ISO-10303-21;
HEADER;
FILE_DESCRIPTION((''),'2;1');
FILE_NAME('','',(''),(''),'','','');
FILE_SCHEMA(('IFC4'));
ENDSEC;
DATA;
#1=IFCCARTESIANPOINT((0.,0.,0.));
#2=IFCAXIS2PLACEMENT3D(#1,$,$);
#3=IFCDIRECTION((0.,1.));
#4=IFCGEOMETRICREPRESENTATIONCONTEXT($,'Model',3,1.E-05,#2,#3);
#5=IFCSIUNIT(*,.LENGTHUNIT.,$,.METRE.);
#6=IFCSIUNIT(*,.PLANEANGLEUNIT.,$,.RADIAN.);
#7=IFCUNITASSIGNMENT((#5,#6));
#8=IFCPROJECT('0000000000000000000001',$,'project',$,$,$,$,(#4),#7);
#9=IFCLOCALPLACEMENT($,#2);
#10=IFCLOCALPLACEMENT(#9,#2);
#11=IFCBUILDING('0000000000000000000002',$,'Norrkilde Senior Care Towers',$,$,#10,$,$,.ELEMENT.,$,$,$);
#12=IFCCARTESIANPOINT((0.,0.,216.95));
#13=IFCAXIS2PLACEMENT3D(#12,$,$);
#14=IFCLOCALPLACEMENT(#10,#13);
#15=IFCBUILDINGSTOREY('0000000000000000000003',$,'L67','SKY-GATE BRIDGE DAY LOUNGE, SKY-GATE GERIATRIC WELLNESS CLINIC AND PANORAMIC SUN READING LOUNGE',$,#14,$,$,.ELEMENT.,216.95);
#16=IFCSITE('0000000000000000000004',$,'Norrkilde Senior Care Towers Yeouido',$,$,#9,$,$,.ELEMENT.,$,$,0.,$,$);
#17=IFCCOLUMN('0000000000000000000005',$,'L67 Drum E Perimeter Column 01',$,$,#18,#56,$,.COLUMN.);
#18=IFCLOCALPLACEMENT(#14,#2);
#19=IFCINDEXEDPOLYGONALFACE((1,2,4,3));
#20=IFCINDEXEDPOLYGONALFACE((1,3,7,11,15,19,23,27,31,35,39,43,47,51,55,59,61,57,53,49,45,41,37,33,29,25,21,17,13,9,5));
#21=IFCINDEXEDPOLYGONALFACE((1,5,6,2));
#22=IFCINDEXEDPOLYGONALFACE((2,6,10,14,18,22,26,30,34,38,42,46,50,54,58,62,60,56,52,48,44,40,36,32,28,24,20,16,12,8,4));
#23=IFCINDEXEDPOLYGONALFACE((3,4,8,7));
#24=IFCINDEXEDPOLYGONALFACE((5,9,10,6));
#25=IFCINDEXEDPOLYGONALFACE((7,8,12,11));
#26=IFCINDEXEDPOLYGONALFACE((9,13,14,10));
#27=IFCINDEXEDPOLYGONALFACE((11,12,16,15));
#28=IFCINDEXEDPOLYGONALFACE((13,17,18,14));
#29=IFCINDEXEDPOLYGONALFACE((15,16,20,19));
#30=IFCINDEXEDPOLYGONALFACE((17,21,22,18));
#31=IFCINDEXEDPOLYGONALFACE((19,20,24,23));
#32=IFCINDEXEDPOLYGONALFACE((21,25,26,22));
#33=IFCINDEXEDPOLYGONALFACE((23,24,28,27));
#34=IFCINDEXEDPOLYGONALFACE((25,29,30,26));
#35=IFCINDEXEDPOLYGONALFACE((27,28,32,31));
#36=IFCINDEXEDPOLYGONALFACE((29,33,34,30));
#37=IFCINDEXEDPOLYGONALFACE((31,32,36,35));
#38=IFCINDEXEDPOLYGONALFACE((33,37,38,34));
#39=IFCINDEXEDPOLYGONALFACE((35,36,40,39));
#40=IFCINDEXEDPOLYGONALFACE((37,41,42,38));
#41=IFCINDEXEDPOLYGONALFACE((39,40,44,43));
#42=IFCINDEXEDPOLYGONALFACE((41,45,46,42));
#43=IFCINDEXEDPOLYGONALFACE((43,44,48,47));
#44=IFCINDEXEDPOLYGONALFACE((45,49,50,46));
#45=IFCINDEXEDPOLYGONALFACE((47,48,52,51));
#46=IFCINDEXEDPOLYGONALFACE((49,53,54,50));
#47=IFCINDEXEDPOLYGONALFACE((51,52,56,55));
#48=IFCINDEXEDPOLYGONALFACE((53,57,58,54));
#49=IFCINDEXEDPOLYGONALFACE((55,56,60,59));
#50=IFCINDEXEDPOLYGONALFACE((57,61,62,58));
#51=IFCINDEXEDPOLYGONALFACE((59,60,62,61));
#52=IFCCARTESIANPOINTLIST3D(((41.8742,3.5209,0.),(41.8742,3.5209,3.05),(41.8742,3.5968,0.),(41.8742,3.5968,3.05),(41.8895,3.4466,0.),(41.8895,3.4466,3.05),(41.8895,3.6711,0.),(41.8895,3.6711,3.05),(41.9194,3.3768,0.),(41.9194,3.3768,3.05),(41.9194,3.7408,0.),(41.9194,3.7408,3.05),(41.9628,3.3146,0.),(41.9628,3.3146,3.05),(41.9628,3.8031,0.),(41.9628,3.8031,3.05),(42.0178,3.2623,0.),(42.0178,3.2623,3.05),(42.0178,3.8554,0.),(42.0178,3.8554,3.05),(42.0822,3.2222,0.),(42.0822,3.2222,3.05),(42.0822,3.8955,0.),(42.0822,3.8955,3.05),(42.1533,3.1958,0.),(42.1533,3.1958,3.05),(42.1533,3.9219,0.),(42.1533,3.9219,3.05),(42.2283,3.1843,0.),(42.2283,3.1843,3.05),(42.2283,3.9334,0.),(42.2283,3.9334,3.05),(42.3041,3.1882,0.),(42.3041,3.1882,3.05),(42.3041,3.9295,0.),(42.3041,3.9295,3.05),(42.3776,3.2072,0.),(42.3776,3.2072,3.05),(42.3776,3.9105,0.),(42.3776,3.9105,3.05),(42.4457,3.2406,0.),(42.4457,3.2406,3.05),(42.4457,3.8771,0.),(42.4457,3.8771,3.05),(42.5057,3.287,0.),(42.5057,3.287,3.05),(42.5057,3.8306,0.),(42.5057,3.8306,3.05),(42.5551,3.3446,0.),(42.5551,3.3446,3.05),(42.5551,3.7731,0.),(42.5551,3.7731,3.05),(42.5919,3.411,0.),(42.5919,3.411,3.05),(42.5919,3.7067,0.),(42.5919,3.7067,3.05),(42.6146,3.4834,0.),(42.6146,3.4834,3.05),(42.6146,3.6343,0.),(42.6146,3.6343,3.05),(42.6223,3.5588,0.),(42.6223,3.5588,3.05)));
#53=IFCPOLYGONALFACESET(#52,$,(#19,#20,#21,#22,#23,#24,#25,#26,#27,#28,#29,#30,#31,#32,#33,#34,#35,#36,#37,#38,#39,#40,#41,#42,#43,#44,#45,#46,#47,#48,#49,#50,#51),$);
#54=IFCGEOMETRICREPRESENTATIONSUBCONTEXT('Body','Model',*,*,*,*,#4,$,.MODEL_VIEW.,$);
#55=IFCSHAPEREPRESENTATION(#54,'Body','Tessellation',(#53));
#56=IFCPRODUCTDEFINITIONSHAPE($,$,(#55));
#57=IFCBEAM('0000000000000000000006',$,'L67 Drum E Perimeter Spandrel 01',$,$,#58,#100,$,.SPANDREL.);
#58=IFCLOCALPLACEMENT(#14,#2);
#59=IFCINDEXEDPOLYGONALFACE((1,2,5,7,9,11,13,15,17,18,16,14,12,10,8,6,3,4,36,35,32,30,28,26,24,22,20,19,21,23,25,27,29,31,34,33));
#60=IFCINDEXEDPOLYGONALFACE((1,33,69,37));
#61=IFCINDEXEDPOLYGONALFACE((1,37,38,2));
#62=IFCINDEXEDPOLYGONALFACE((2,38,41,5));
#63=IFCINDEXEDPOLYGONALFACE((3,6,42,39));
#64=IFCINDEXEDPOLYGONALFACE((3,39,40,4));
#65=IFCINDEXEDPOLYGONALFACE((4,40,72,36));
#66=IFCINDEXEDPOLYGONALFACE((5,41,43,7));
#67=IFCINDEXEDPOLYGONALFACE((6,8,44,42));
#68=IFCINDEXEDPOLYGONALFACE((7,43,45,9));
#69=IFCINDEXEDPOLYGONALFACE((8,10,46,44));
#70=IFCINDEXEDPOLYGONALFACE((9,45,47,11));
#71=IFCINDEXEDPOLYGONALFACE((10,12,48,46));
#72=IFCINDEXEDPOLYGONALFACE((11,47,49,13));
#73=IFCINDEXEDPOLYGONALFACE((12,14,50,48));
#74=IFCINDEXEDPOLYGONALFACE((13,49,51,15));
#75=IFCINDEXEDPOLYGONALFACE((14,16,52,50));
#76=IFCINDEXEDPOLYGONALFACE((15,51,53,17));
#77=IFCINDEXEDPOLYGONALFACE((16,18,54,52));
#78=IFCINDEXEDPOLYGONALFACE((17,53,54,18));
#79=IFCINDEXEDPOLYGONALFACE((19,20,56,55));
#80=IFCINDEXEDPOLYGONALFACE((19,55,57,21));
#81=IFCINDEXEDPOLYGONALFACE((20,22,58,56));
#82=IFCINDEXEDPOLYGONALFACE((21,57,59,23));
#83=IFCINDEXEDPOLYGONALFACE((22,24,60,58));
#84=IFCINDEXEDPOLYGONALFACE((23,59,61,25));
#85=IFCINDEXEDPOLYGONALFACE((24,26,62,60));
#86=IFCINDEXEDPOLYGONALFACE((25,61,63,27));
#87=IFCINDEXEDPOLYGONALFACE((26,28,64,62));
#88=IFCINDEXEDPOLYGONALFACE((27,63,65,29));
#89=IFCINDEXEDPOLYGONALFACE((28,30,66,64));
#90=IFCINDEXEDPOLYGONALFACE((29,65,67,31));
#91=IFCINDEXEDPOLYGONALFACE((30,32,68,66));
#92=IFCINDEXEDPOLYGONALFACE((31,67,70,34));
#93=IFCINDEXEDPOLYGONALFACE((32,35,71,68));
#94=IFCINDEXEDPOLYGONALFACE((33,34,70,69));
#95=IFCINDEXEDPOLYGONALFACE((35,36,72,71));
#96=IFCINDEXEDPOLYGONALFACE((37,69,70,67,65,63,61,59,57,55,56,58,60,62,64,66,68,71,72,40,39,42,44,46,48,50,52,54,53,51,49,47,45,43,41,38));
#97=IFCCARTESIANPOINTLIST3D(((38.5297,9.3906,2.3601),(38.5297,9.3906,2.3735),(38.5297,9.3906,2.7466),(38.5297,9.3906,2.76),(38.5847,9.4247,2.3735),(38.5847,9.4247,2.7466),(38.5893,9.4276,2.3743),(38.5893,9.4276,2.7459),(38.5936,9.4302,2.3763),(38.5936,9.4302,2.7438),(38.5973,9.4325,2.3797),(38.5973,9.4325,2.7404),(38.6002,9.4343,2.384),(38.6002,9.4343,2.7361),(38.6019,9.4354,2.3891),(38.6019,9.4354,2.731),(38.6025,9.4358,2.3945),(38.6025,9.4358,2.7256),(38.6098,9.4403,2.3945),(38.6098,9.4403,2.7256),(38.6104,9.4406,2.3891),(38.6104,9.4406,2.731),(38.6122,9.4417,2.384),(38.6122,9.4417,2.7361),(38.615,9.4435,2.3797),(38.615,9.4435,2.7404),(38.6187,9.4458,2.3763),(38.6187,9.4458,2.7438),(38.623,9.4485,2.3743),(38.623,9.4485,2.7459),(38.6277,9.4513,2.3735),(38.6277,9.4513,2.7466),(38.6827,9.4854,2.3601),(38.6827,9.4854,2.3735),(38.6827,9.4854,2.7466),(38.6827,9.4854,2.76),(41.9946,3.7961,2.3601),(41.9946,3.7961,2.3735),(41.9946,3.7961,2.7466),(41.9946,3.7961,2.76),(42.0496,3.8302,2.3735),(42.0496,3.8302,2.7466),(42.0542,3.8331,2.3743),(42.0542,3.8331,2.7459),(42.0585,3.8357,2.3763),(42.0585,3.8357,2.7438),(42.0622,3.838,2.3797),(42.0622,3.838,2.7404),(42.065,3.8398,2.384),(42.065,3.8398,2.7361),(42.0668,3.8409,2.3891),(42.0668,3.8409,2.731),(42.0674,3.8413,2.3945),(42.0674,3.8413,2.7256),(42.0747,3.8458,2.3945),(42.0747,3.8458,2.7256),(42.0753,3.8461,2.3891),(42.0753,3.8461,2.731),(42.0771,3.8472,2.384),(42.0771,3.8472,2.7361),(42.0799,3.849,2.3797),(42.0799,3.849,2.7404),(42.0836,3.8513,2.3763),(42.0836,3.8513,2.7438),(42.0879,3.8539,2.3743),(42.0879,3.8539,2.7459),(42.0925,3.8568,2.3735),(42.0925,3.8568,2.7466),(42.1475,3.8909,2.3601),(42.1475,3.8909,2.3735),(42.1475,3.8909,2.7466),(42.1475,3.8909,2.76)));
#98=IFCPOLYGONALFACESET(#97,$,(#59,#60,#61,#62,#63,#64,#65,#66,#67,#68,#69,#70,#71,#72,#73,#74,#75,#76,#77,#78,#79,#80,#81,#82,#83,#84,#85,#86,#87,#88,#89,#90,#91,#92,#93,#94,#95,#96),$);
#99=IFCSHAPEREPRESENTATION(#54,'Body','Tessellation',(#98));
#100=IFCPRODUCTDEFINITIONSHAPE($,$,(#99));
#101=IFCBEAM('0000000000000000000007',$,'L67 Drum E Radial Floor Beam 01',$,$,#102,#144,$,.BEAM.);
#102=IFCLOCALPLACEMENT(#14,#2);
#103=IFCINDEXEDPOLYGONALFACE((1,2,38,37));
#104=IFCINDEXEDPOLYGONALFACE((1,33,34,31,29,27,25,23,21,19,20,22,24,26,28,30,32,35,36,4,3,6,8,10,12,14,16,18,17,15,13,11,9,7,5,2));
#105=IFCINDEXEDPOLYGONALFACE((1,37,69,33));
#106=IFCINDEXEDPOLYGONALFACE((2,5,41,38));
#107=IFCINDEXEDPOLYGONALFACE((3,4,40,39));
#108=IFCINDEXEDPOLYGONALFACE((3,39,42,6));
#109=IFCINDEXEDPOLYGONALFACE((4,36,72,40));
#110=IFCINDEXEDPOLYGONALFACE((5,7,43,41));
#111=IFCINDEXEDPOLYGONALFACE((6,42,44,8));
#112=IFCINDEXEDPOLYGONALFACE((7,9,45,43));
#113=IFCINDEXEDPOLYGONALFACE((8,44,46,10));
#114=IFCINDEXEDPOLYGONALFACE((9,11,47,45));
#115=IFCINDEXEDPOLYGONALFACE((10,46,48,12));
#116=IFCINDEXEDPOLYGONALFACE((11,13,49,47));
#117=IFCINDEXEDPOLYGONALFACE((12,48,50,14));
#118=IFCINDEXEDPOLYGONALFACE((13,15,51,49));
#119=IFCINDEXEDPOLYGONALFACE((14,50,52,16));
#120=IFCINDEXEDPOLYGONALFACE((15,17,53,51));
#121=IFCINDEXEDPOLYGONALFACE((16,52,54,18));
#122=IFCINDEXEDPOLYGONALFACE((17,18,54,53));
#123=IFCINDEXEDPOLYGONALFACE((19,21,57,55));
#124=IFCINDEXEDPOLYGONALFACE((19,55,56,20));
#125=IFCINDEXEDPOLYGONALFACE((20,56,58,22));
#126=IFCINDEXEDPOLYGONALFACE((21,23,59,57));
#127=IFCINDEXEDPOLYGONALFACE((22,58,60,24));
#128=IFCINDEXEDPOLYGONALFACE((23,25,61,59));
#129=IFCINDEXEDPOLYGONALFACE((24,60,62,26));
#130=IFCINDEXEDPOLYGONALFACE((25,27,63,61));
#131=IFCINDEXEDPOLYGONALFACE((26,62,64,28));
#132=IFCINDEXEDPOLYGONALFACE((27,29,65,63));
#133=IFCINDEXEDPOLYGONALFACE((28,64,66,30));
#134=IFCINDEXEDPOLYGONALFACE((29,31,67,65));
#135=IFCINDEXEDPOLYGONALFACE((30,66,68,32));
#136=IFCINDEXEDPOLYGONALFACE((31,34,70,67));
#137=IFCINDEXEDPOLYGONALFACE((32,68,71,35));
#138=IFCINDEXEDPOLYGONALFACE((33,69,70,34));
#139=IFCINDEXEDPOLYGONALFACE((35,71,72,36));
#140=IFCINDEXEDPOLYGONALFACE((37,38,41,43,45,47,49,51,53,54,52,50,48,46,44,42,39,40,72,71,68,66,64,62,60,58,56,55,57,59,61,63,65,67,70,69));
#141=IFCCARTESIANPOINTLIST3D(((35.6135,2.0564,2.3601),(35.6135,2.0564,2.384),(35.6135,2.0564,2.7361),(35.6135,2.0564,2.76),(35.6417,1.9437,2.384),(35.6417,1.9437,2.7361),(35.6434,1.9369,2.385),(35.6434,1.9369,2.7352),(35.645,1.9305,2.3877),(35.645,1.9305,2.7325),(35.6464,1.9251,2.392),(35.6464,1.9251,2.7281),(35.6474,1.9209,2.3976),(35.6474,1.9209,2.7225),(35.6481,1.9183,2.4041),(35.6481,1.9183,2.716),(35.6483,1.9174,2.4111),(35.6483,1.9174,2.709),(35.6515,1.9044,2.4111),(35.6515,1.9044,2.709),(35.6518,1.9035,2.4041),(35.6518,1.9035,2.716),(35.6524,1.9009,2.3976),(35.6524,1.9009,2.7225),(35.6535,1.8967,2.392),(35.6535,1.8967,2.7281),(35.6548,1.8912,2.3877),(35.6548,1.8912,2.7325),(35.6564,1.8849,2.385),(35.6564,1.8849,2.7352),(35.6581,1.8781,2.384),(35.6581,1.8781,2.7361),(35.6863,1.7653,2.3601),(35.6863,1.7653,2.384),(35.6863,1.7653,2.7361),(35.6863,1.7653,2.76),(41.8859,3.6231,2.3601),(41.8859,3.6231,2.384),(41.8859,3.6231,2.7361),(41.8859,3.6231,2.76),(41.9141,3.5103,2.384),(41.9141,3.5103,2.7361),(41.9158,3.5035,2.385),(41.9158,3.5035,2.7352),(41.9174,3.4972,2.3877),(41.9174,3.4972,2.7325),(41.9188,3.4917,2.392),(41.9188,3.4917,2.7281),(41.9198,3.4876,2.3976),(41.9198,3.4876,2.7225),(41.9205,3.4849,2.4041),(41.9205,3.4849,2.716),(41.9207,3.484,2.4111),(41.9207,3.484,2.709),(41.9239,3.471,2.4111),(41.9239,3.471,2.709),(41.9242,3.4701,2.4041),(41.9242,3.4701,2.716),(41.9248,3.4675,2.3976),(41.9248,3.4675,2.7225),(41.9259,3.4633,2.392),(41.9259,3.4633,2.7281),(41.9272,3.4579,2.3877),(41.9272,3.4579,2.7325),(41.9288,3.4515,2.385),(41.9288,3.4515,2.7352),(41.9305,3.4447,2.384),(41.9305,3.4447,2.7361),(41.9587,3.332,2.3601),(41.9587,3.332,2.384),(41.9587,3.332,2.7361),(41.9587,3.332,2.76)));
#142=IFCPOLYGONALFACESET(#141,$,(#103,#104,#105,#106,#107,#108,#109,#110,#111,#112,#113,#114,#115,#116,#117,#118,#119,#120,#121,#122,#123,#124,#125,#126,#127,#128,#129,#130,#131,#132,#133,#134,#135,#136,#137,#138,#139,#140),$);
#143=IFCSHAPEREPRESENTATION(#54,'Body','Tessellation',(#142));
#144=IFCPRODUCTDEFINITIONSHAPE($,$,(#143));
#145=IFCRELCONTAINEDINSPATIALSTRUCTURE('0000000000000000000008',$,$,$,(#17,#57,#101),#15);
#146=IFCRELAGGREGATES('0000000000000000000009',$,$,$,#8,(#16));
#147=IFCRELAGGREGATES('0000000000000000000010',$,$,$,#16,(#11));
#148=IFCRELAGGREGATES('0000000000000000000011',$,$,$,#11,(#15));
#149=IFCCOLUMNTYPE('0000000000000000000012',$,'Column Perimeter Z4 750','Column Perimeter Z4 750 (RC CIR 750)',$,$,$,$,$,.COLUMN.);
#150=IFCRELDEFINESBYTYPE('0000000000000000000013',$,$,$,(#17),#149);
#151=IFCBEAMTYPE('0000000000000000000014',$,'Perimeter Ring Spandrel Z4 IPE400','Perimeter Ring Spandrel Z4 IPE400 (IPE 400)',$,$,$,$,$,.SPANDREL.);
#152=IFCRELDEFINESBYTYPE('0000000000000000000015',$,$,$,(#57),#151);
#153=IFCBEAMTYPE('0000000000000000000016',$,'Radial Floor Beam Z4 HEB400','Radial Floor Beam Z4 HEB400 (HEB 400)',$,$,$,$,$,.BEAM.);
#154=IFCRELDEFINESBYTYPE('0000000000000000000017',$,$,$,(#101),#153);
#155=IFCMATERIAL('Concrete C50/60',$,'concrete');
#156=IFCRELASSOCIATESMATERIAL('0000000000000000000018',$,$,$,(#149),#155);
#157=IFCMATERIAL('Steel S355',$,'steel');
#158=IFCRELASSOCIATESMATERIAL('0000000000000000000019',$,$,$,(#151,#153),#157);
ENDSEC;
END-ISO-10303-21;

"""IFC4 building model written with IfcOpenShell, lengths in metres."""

from ifc_helpers import new_model, si_unit, direction, frame, origin, origin_2d, place, context, subcontext, project, spatial, circle, i_section, extrude, source, transform, mapped, material, material_profile, profile_set, type_object, type_shapes, element, save


model = new_model("IFC4")

# Units and contexts
model_context = context("Model", 3, precision=1e-05, world=origin(), true_north=direction((0.0, 1.0)))
body_context = subcontext(model_context, "Body", "Model", "MODEL_VIEW")
ifc_project = project(units=[si_unit("LENGTHUNIT", "METRE"), si_unit("PLANEANGLEUNIT", "RADIAN")], contexts=[model_context])

# Site, building, storey
site_placement = place(None, origin())
site = spatial("IfcSite", under=ifc_project, at=site_placement, Name="Norrkilde Senior Care Towers Yeouido", CompositionType="ELEMENT", RefElevation=0.0)
building_placement = place(site_placement, origin())
building = spatial("IfcBuilding", under=site, at=building_placement, Name="Norrkilde Senior Care Towers", CompositionType="ELEMENT")
storey_placement = place(building_placement, frame((0.0, 0.0, 216.95)))
storey = spatial("IfcBuildingStorey", under=building, at=storey_placement, Name="L67", Description="SKY-GATE BRIDGE DAY LOUNGE, SKY-GATE GERIATRIC WELLNESS CLINIC AND PANORAMIC SUN READING LOUNGE", CompositionType="ELEMENT", Elevation=216.95)

# Column
ifc_material_1 = material(Name="Concrete C50/60", Category="concrete")
ifc_material_profile_1 = material_profile(ifc_material_1, circle(Radius=0.375, at=origin_2d()), Name="RC CIR 750")
ifc_profile_set_1 = profile_set([ifc_material_profile_1], Name="Concrete C50/60")
column_type = type_object("IfcColumnType", Name="Column Perimeter Z4 750", Description="Column Perimeter Z4 750 (RC CIR 750)", PredefinedType="COLUMN", material=ifc_profile_set_1)
shared_shape_1 = source(origin(), body_context, "Body", "SweptSolid", [
    extrude(circle(Radius=0.375, at=origin_2d()), origin(), (0.0, 0.0, 1.0), 3.05),
])
type_shapes(column_type, [shared_shape_1])
column_placement = place(storey_placement, frame((42.2473, 3.5588, 0.0), z_axis=(0.0, 0.0, 1.0), x_axis=(1.0, 0.0, 0.0)))
element("IfcColumn", 1, at=column_placement, inside=storey, type_object=column_type, Name="L67 Drum E Perimeter Column 01", PredefinedType="COLUMN", context=body_context, shape_type="MappedRepresentation", body=[
    mapped(shared_shape_1, transform((0.0, 0.0, 0.0), x_axis=(1.0, 0.0, 0.0), y_axis=(0.0, 1.0, 0.0), z_axis=(0.0, 0.0, 1.0), scale=1.0)),
])

# Beams
ifc_material_2 = material(Name="Steel S355", Category="steel")
ifc_material_profile_2 = material_profile(ifc_material_2, i_section(OverallWidth=0.1799, OverallDepth=0.3999, WebThickness=0.0085, FlangeThickness=0.0134, FilletRadius=0.021, at=origin_2d()), Name="IPE 400")
ifc_profile_set_2 = profile_set([ifc_material_profile_2], Name="Steel S355")
beam_type_1 = type_object("IfcBeamType", Name="Perimeter Ring Spandrel Z4 IPE400", Description="Perimeter Ring Spandrel Z4 IPE400 (IPE 400)", PredefinedType="SPANDREL", material=ifc_profile_set_2)
shared_shape_2 = source(origin(), body_context, "Body", "SweptSolid", [
    extrude(i_section(OverallWidth=0.1799, OverallDepth=0.3999, WebThickness=0.0085, FlangeThickness=0.0134, FilletRadius=0.021, at=origin_2d()), origin(), (0.0, 0.0, 1.0), 6.5806),
])
type_shapes(beam_type_1, [shared_shape_2])
beam_1_placement = place(storey_placement, frame((42.071, 3.8435, 2.5601), z_axis=(-0.52653, 0.850157, 0.0), x_axis=(-0.850157, -0.52653, 0.0)))
element("IfcBeam", 2, at=beam_1_placement, inside=storey, type_object=beam_type_1, Name="L67 Drum E Perimeter Spandrel 01", PredefinedType="SPANDREL", context=body_context, shape_type="MappedRepresentation", body=[
    mapped(shared_shape_2, transform((0.0, 0.0, 0.0), x_axis=(1.0, 0.0, 0.0), y_axis=(0.0, 1.0, 0.0), z_axis=(0.0, 0.0, 1.0), scale=1.0)),
])
ifc_material_profile_3 = material_profile(ifc_material_2, i_section(OverallWidth=0.3, OverallDepth=0.3999, WebThickness=0.0134, FlangeThickness=0.0239, FilletRadius=0.0271, at=origin_2d()), Name="HEB 400")
ifc_profile_set_3 = profile_set([ifc_material_profile_3], Name="Steel S355")
beam_type_2 = type_object("IfcBeamType", Name="Radial Floor Beam Z4 HEB400", Description="Radial Floor Beam Z4 HEB400 (HEB 400)", PredefinedType="BEAM", material=ifc_profile_set_3)
shared_shape_3 = source(origin(), body_context, "Body", "SweptSolid", [
    extrude(i_section(OverallWidth=0.3, OverallDepth=0.3999, WebThickness=0.0134, FlangeThickness=0.0239, FilletRadius=0.0271, at=origin_2d()), origin(), (0.0, 0.0, 1.0), 6.4651),
])
type_shapes(beam_type_2, [shared_shape_3])
beam_2_placement = place(storey_placement, frame((35.6499, 1.9109, 2.5601), z_axis=(0.970196, 0.242322, 0.0), x_axis=(-0.242322, 0.970196, 0.0)))
element("IfcBeam", 3, at=beam_2_placement, inside=storey, type_object=beam_type_2, Name="L67 Drum E Radial Floor Beam 01", PredefinedType="BEAM", context=body_context, shape_type="MappedRepresentation", body=[
    mapped(shared_shape_3, transform((0.0, 0.0, 0.0), x_axis=(1.0, 0.0, 0.0), y_axis=(0.0, 1.0, 0.0), z_axis=(0.0, 0.0, 1.0), scale=1.0)),
])

save(model, "model.ifc")
